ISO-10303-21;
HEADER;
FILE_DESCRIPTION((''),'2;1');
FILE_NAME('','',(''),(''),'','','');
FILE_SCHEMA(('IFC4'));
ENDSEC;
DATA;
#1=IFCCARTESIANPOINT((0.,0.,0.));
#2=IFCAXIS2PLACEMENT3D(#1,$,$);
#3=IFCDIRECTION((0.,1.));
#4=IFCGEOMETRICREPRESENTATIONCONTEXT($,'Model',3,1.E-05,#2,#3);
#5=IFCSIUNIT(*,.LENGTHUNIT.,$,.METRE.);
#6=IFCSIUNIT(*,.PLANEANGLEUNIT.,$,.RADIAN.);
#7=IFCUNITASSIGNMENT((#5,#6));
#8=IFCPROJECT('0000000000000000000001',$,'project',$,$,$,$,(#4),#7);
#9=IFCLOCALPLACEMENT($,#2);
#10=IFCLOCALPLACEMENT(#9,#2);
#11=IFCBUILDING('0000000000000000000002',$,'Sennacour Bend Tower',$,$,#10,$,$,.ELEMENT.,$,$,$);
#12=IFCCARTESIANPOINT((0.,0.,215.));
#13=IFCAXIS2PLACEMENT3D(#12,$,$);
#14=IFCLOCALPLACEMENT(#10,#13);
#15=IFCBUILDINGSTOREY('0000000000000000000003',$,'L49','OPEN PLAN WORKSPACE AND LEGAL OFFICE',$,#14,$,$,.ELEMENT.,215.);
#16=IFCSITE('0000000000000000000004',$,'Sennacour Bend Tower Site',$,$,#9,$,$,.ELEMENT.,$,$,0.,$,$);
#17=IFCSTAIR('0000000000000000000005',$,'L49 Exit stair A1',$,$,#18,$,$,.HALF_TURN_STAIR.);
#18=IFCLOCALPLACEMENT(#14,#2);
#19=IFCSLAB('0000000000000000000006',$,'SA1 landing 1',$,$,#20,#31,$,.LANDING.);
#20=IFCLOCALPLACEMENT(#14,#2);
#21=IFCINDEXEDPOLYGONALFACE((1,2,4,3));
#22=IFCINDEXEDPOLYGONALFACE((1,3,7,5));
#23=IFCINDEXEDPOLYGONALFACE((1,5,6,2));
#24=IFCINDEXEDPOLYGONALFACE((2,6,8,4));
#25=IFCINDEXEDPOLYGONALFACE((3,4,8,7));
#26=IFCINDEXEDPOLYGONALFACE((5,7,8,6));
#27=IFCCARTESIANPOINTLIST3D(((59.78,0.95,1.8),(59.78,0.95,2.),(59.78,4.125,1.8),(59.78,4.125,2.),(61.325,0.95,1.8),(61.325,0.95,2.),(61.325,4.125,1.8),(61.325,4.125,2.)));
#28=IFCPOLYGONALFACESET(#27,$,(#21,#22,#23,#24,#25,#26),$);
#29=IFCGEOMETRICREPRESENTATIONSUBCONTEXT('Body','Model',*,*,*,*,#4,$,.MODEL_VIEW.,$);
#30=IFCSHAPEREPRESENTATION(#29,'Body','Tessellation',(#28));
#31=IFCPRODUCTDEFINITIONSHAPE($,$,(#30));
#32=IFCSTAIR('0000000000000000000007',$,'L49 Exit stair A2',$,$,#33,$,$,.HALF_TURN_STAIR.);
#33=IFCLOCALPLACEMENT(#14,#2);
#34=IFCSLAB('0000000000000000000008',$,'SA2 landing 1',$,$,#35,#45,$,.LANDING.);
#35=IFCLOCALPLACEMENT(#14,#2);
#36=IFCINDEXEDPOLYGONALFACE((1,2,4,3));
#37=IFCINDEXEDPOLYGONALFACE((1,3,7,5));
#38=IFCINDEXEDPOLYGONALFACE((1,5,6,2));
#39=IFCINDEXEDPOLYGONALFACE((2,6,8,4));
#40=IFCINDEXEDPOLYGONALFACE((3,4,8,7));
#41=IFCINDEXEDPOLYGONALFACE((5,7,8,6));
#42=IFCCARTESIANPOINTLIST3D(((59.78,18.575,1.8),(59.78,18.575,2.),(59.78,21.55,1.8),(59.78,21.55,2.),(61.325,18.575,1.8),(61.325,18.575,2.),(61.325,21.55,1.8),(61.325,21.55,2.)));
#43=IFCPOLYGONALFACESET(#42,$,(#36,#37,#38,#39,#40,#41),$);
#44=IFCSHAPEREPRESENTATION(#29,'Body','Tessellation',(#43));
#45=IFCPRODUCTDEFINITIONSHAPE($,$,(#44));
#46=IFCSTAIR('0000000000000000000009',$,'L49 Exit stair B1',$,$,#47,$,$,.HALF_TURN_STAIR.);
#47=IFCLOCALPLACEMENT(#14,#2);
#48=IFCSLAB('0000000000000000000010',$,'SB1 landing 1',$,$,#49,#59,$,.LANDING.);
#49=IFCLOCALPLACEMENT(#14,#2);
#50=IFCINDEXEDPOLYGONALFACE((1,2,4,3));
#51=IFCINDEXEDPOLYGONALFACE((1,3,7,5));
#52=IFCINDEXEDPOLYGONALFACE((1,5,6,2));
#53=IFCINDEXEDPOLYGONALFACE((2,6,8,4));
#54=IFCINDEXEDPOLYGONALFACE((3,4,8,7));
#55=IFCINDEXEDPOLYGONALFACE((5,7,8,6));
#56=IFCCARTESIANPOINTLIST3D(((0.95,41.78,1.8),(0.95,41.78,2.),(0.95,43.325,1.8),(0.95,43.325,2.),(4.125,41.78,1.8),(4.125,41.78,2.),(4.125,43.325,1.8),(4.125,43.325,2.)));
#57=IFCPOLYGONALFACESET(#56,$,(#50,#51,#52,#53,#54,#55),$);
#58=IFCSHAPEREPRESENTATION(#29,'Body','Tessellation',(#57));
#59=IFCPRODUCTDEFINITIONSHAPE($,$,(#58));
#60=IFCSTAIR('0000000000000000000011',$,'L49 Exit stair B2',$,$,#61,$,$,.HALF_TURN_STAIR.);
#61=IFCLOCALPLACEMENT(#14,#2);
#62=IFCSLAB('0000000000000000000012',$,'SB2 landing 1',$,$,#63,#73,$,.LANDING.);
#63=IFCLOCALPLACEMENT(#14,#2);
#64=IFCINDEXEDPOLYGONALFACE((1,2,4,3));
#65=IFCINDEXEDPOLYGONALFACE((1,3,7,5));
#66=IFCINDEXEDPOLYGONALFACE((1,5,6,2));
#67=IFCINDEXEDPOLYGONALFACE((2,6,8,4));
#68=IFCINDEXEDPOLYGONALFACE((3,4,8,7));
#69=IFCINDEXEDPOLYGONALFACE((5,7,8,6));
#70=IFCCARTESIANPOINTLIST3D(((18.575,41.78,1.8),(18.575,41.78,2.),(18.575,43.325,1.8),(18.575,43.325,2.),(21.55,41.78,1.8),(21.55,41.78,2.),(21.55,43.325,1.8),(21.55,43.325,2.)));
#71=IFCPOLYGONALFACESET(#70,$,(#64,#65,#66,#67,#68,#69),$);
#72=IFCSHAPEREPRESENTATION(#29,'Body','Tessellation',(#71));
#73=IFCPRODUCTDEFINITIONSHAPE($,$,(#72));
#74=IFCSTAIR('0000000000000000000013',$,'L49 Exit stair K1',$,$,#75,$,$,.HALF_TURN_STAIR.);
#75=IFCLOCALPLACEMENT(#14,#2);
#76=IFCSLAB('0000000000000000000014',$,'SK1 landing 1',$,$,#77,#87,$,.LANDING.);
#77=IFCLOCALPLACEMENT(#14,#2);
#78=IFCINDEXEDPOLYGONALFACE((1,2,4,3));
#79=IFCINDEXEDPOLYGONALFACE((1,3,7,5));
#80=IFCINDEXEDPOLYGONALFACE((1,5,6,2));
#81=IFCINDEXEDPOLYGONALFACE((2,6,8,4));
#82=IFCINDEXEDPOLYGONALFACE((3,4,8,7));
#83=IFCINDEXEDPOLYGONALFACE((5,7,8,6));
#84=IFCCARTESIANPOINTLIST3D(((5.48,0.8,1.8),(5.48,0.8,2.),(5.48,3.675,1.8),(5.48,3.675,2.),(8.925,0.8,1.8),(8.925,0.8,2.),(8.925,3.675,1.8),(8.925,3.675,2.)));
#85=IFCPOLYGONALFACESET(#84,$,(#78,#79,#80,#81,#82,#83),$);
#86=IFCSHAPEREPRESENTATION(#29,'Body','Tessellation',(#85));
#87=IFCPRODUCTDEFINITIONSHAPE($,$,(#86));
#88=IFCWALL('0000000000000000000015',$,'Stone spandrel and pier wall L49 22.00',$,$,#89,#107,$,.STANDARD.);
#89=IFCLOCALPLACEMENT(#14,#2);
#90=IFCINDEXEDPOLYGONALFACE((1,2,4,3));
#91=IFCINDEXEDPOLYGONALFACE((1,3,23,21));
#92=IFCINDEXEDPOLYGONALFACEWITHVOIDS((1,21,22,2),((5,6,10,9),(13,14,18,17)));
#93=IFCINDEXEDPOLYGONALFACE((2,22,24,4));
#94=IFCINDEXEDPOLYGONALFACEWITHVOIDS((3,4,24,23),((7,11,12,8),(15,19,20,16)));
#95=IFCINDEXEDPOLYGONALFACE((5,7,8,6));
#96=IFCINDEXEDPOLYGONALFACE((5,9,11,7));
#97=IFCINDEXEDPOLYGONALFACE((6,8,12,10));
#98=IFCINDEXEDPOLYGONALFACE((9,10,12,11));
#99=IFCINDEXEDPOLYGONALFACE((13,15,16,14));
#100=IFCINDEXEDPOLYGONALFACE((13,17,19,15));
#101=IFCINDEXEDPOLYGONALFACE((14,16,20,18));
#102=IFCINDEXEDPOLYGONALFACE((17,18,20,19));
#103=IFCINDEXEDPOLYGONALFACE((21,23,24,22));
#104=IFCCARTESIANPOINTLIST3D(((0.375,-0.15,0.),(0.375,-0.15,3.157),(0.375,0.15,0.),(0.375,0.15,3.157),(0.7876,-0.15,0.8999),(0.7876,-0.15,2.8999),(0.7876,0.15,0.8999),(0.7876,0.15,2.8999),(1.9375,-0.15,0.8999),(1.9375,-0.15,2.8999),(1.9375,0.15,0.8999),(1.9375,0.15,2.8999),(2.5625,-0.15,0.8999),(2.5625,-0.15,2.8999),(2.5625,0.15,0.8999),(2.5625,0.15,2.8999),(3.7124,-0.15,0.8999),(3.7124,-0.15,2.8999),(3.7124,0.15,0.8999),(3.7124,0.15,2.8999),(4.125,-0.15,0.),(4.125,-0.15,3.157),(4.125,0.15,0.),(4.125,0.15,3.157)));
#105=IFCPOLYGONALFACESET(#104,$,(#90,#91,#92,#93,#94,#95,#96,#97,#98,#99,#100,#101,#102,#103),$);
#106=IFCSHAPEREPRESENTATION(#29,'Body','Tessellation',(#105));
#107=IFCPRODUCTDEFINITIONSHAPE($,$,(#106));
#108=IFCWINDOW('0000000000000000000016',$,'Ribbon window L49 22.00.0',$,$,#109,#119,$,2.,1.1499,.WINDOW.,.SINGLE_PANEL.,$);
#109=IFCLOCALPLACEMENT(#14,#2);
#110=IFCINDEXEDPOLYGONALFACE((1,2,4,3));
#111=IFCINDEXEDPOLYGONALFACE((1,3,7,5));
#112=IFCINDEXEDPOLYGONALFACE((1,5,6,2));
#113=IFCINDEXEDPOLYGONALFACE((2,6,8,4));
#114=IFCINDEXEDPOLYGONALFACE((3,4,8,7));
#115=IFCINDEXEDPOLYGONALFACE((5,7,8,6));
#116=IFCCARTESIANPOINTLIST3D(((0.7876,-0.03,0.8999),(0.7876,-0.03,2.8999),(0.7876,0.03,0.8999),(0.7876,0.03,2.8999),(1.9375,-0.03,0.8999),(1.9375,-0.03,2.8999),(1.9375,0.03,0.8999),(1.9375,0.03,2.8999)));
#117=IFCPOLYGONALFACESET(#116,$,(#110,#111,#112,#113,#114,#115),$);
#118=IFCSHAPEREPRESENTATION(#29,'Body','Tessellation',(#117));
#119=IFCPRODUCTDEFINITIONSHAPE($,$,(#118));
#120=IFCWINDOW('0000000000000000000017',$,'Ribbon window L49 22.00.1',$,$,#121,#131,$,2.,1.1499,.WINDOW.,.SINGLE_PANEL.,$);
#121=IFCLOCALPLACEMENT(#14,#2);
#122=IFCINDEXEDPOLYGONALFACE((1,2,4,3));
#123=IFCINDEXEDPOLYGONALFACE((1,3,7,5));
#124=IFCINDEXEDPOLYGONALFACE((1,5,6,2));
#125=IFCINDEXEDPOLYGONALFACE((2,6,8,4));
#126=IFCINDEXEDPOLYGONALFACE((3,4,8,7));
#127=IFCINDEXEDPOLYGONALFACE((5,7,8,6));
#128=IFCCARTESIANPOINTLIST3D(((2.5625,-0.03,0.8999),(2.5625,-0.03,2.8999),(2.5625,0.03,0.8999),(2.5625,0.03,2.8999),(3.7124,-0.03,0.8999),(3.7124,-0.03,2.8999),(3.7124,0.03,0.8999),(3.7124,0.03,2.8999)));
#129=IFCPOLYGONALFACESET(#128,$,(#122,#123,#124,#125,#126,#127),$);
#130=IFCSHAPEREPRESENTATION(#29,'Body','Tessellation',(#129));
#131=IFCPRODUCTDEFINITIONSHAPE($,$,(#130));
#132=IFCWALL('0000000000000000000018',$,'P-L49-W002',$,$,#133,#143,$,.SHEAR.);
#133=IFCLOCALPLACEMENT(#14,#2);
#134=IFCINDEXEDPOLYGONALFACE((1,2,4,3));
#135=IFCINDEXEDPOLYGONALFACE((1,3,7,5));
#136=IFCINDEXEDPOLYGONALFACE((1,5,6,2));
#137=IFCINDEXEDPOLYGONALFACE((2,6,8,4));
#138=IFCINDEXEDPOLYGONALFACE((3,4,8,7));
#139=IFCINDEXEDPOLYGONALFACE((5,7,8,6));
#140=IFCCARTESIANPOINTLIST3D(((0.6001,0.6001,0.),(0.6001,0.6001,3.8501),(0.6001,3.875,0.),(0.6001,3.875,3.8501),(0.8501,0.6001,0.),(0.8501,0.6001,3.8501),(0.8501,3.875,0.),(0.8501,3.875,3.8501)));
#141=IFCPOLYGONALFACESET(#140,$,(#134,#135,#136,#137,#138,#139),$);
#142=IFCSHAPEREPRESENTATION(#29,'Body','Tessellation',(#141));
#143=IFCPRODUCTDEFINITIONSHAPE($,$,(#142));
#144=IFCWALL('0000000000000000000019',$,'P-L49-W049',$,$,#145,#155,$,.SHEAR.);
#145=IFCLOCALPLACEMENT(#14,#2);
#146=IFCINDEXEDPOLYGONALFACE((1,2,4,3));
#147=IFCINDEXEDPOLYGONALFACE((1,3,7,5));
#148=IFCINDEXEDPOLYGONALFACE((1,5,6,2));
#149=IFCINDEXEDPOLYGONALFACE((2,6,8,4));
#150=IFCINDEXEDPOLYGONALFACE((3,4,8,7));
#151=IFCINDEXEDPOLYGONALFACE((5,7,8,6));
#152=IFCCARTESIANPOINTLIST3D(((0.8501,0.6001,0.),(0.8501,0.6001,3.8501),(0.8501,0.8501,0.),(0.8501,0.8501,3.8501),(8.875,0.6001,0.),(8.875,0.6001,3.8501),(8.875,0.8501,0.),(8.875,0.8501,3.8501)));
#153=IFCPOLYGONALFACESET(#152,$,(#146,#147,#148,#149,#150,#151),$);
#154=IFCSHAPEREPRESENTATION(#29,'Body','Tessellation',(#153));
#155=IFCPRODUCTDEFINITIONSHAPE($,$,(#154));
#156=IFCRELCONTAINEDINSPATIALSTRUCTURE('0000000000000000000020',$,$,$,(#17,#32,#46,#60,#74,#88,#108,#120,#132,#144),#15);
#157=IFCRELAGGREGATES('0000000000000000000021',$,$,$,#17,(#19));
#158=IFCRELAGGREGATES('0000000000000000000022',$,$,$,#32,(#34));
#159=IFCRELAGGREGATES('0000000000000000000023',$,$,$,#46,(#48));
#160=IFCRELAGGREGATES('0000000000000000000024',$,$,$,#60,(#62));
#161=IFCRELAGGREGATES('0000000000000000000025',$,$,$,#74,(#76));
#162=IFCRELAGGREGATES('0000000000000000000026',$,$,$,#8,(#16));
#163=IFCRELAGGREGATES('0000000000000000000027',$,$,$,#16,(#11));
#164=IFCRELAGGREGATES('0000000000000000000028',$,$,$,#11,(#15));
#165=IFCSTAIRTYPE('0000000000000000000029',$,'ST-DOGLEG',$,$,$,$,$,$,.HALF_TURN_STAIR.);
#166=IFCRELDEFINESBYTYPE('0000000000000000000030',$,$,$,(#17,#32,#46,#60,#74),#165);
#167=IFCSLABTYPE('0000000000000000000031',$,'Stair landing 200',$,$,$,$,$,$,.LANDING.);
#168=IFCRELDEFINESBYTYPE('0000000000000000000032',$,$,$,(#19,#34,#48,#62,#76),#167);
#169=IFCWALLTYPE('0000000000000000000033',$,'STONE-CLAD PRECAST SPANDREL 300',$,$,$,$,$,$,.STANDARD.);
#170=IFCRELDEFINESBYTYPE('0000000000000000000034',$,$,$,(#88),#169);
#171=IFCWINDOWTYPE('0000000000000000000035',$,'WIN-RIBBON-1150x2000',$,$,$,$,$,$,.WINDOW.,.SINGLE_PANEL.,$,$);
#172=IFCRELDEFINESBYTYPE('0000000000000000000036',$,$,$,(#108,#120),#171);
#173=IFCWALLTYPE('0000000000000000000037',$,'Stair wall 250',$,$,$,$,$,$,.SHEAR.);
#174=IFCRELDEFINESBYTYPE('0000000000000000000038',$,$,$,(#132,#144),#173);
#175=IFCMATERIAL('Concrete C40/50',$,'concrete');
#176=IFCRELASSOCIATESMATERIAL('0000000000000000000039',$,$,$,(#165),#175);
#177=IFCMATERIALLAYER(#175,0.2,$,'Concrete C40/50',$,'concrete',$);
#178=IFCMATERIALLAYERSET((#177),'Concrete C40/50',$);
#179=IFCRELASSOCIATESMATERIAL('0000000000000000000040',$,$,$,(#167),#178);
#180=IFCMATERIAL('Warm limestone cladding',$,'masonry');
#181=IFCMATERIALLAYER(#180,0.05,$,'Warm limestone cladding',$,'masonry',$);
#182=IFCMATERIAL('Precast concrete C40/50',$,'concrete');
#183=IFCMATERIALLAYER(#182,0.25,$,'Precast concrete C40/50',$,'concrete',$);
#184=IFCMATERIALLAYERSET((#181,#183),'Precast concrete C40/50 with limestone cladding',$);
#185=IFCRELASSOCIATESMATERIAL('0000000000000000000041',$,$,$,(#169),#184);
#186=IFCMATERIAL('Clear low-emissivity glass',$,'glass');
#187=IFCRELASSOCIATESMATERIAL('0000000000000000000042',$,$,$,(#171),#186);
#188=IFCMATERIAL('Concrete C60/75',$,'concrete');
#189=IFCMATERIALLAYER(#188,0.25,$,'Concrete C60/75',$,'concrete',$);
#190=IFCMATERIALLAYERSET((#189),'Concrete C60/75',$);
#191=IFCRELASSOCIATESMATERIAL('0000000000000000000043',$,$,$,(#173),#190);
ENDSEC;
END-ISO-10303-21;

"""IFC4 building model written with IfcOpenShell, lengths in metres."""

from ifc_helpers import new_model, si_unit, direction, frame, frame_2d, origin, place, context, subcontext, project, spatial, polyline, rectangle, outline, extrude, material, layer, layer_set, type_object, element, fill, aggregate, save


model = new_model("IFC4")

# Units and contexts
model_context = context("Model", 3, precision=1e-05, world=origin(), true_north=direction((0.0, 1.0)))
body_context = subcontext(model_context, "Body", "Model", "MODEL_VIEW")
ifc_project = project(units=[si_unit("LENGTHUNIT", "METRE"), si_unit("PLANEANGLEUNIT", "RADIAN")], contexts=[model_context])

# Site, building, storey
site_placement = place(None, origin())
site = spatial("IfcSite", under=ifc_project, at=site_placement, Name="Sennacour Bend Tower Site", CompositionType="ELEMENT", RefElevation=0.0)
building_placement = place(site_placement, origin())
building = spatial("IfcBuilding", under=site, at=building_placement, Name="Sennacour Bend Tower", CompositionType="ELEMENT")
storey_placement = place(building_placement, frame((0.0, 0.0, 215.0)))
storey = spatial("IfcBuildingStorey", under=building, at=storey_placement, Name="L49", Description="OPEN PLAN WORKSPACE AND LEGAL OFFICE", CompositionType="ELEMENT", Elevation=215.0)

# Shared definitions
ifc_material_1 = material(Name="Concrete C40/50", Category="concrete")

# Stairs, slabs
stair_type = type_object("IfcStairType", Name="ST-DOGLEG", PredefinedType="HALF_TURN_STAIR", material=ifc_material_1)
stair_1_placement = place(storey_placement, origin())
stair_1 = element("IfcStair", 1, at=stair_1_placement, inside=storey, type_object=stair_type, Name="L49 Exit stair A1", PredefinedType="HALF_TURN_STAIR")
ifc_layer_1 = layer(ifc_material_1, 0.2, Name="Concrete C40/50", Category="concrete")
ifc_layer_set_1 = layer_set([ifc_layer_1], Name="Concrete C40/50")
slab_type_1 = type_object("IfcSlabType", Name="Stair landing 200", PredefinedType="LANDING", material=ifc_layer_set_1)
slab_1_placement = place(storey_placement, frame((0.0, 0.0, 1.8)))
slab_1 = element("IfcSlab", 2, at=slab_1_placement, type_object=slab_type_1, Name="SA1 landing 1", PredefinedType="LANDING", context=body_context, shape_type="SweptSolid", body=[
    extrude(outline(polyline([(59.78, 0.95), (61.325, 0.95), (61.325, 4.125), (59.78, 4.125), (59.78, 0.95)])), origin(), (0.0, 0.0, 1.0), 0.2),
])
aggregate(stair_1, [slab_1])
stair_2_placement = place(storey_placement, origin())
stair_2 = element("IfcStair", 3, at=stair_2_placement, inside=storey, type_object=stair_type, Name="L49 Exit stair A2", PredefinedType="HALF_TURN_STAIR")
slab_2_placement = place(storey_placement, frame((0.0, 0.0, 1.8)))
slab_2 = element("IfcSlab", 4, at=slab_2_placement, type_object=slab_type_1, Name="SA2 landing 1", PredefinedType="LANDING", context=body_context, shape_type="SweptSolid", body=[
    extrude(outline(polyline([(59.78, 18.575), (61.325, 18.575), (61.325, 21.55), (59.78, 21.55), (59.78, 18.575)])), origin(), (0.0, 0.0, 1.0), 0.2),
])
aggregate(stair_2, [slab_2])
stair_3_placement = place(storey_placement, origin())
stair_3 = element("IfcStair", 5, at=stair_3_placement, inside=storey, type_object=stair_type, Name="L49 Exit stair B1", PredefinedType="HALF_TURN_STAIR")
slab_3_placement = place(storey_placement, frame((0.0, 0.0, 1.8)))
slab_3 = element("IfcSlab", 6, at=slab_3_placement, type_object=slab_type_1, Name="SB1 landing 1", PredefinedType="LANDING", context=body_context, shape_type="SweptSolid", body=[
    extrude(outline(polyline([(0.95, 41.78), (4.125, 41.78), (4.125, 43.325), (0.95, 43.325), (0.95, 41.78)])), origin(), (0.0, 0.0, 1.0), 0.2),
])
aggregate(stair_3, [slab_3])
stair_4_placement = place(storey_placement, origin())
stair_4 = element("IfcStair", 7, at=stair_4_placement, inside=storey, type_object=stair_type, Name="L49 Exit stair B2", PredefinedType="HALF_TURN_STAIR")
slab_4_placement = place(storey_placement, frame((0.0, 0.0, 1.8)))
slab_4 = element("IfcSlab", 8, at=slab_4_placement, type_object=slab_type_1, Name="SB2 landing 1", PredefinedType="LANDING", context=body_context, shape_type="SweptSolid", body=[
    extrude(outline(polyline([(18.575, 41.78), (21.55, 41.78), (21.55, 43.325), (18.575, 43.325), (18.575, 41.78)])), origin(), (0.0, 0.0, 1.0), 0.2),
])
aggregate(stair_4, [slab_4])
stair_5_placement = place(storey_placement, origin())
stair_5 = element("IfcStair", 9, at=stair_5_placement, inside=storey, type_object=stair_type, Name="L49 Exit stair K1", PredefinedType="HALF_TURN_STAIR")
slab_5_placement = place(storey_placement, frame((0.0, 0.0, 1.8)))
slab_5 = element("IfcSlab", 10, at=slab_5_placement, type_object=slab_type_1, Name="SK1 landing 1", PredefinedType="LANDING", context=body_context, shape_type="SweptSolid", body=[
    extrude(outline(polyline([(5.48, 0.8), (8.925, 0.8), (8.925, 3.675), (5.48, 3.675), (5.48, 0.8)])), origin(), (0.0, 0.0, 1.0), 0.2),
])
aggregate(stair_5, [slab_5])

# Wall, openings, windows
ifc_material_2 = material(Name="Warm limestone cladding", Category="masonry")
ifc_layer_2 = layer(ifc_material_2, 0.05, Name="Warm limestone cladding", Category="masonry")
ifc_material_3 = material(Name="Precast concrete C40/50", Category="concrete")
ifc_layer_3 = layer(ifc_material_3, 0.25, Name="Precast concrete C40/50", Category="concrete")
ifc_layer_set_2 = layer_set([ifc_layer_2, ifc_layer_3], Name="Precast concrete C40/50 with limestone cladding")
wall_type_1 = type_object("IfcWallType", Name="STONE-CLAD PRECAST SPANDREL 300", PredefinedType="STANDARD", material=ifc_layer_set_2)
wall_1_placement = place(storey_placement, frame((0.375, 0.0, 0.0), z_axis=(0.0, 0.0, 1.0), x_axis=(1.0, 0.0, 0.0)))
wall_1 = element("IfcWall", 11, at=wall_1_placement, inside=storey, type_object=wall_type_1, Name="Stone spandrel and pier wall L49 22.00", PredefinedType="STANDARD", context=body_context, shape_type="SweptSolid", body=[
    extrude(rectangle(XDim=3.75, YDim=0.3, at=frame_2d((1.875, 0.0))), origin(), (0.0, 0.0, 1.0), 3.157),
])
opening_1_placement = place(wall_1_placement, frame((0.4126, 0.0, 0.8999)))
opening_1 = element("IfcOpeningElement", 12, at=opening_1_placement, cuts=wall_1, PredefinedType="OPENING", context=body_context, shape_type="SweptSolid", body=[
    extrude(rectangle(XDim=1.1499, YDim=2.0, at=frame_2d((0.575, 1.0))), frame((0.0, 0.1602, 0.0), z_axis=(0.0, -1.0, 0.0), x_axis=(1.0, 0.0, 0.0)), (0.0, 0.0, 1.0), 0.3201),
])
opening_2_placement = place(wall_1_placement, frame((2.1875, 0.0, 0.8999)))
opening_2 = element("IfcOpeningElement", 13, at=opening_2_placement, cuts=wall_1, PredefinedType="OPENING", context=body_context, shape_type="SweptSolid", body=[
    extrude(rectangle(XDim=1.1499, YDim=2.0, at=frame_2d((0.575, 1.0))), frame((0.0, 0.1602, 0.0), z_axis=(0.0, -1.0, 0.0), x_axis=(1.0, 0.0, 0.0)), (0.0, 0.0, 1.0), 0.3201),
])
ifc_material_4 = material(Name="Clear low-emissivity glass", Category="glass")
window_type = type_object("IfcWindowType", Name="WIN-RIBBON-1150x2000", PartitioningType="SINGLE_PANEL", PredefinedType="WINDOW", material=ifc_material_4)
window_1_placement = place(opening_1_placement, origin())
window_1 = element("IfcWindow", 14, at=window_1_placement, inside=storey, type_object=window_type, Name="Ribbon window L49 22.00.0", OverallHeight=2.0, OverallWidth=1.1499, PartitioningType="SINGLE_PANEL", PredefinedType="WINDOW", context=body_context, shape_type="SweptSolid", body=[
    extrude(rectangle(XDim=1.1499, YDim=2.0, at=frame_2d((0.575, 1.0))), frame((0.0, 0.03, 0.0), z_axis=(0.0, -1.0, 0.0), x_axis=(1.0, 0.0, 0.0)), (0.0, 0.0, 1.0), 0.0601),
])
fill(opening_1, window_1)
window_2_placement = place(opening_2_placement, origin())
window_2 = element("IfcWindow", 15, at=window_2_placement, inside=storey, type_object=window_type, Name="Ribbon window L49 22.00.1", OverallHeight=2.0, OverallWidth=1.1499, PartitioningType="SINGLE_PANEL", PredefinedType="WINDOW", context=body_context, shape_type="SweptSolid", body=[
    extrude(rectangle(XDim=1.1499, YDim=2.0, at=frame_2d((0.575, 1.0))), frame((0.0, 0.03, 0.0), z_axis=(0.0, -1.0, 0.0), x_axis=(1.0, 0.0, 0.0)), (0.0, 0.0, 1.0), 0.0601),
])
fill(opening_2, window_2)

# Walls
ifc_material_5 = material(Name="Concrete C60/75", Category="concrete")
ifc_layer_4 = layer(ifc_material_5, 0.25, Name="Concrete C60/75", Category="concrete")
ifc_layer_set_3 = layer_set([ifc_layer_4], Name="Concrete C60/75")
wall_type_2 = type_object("IfcWallType", Name="Stair wall 250", PredefinedType="SHEAR", material=ifc_layer_set_3)
wall_2_placement = place(storey_placement, frame((0.7251, 0.6001, 0.0), z_axis=(0.0, 0.0, 1.0), x_axis=(0.0, 1.0, 0.0)))
element("IfcWall", 16, at=wall_2_placement, inside=storey, type_object=wall_type_2, Name="P-L49-W002", PredefinedType="SHEAR", context=body_context, shape_type="SweptSolid", body=[
    extrude(rectangle(XDim=3.2749, YDim=0.25, at=frame_2d((1.6375, 0.0))), origin(), (0.0, 0.0, 1.0), 3.8501),
])
wall_3_placement = place(storey_placement, frame((0.8501, 0.7251, 0.0), z_axis=(0.0, 0.0, 1.0), x_axis=(1.0, 0.0, 0.0)))
element("IfcWall", 17, at=wall_3_placement, inside=storey, type_object=wall_type_2, Name="P-L49-W049", PredefinedType="SHEAR", context=body_context, shape_type="SweptSolid", body=[
    extrude(rectangle(XDim=8.0249, YDim=0.25, at=frame_2d((4.0125, 0.0))), origin(), (0.0, 0.0, 1.0), 3.8501),
])

save(model, "model.ifc")
